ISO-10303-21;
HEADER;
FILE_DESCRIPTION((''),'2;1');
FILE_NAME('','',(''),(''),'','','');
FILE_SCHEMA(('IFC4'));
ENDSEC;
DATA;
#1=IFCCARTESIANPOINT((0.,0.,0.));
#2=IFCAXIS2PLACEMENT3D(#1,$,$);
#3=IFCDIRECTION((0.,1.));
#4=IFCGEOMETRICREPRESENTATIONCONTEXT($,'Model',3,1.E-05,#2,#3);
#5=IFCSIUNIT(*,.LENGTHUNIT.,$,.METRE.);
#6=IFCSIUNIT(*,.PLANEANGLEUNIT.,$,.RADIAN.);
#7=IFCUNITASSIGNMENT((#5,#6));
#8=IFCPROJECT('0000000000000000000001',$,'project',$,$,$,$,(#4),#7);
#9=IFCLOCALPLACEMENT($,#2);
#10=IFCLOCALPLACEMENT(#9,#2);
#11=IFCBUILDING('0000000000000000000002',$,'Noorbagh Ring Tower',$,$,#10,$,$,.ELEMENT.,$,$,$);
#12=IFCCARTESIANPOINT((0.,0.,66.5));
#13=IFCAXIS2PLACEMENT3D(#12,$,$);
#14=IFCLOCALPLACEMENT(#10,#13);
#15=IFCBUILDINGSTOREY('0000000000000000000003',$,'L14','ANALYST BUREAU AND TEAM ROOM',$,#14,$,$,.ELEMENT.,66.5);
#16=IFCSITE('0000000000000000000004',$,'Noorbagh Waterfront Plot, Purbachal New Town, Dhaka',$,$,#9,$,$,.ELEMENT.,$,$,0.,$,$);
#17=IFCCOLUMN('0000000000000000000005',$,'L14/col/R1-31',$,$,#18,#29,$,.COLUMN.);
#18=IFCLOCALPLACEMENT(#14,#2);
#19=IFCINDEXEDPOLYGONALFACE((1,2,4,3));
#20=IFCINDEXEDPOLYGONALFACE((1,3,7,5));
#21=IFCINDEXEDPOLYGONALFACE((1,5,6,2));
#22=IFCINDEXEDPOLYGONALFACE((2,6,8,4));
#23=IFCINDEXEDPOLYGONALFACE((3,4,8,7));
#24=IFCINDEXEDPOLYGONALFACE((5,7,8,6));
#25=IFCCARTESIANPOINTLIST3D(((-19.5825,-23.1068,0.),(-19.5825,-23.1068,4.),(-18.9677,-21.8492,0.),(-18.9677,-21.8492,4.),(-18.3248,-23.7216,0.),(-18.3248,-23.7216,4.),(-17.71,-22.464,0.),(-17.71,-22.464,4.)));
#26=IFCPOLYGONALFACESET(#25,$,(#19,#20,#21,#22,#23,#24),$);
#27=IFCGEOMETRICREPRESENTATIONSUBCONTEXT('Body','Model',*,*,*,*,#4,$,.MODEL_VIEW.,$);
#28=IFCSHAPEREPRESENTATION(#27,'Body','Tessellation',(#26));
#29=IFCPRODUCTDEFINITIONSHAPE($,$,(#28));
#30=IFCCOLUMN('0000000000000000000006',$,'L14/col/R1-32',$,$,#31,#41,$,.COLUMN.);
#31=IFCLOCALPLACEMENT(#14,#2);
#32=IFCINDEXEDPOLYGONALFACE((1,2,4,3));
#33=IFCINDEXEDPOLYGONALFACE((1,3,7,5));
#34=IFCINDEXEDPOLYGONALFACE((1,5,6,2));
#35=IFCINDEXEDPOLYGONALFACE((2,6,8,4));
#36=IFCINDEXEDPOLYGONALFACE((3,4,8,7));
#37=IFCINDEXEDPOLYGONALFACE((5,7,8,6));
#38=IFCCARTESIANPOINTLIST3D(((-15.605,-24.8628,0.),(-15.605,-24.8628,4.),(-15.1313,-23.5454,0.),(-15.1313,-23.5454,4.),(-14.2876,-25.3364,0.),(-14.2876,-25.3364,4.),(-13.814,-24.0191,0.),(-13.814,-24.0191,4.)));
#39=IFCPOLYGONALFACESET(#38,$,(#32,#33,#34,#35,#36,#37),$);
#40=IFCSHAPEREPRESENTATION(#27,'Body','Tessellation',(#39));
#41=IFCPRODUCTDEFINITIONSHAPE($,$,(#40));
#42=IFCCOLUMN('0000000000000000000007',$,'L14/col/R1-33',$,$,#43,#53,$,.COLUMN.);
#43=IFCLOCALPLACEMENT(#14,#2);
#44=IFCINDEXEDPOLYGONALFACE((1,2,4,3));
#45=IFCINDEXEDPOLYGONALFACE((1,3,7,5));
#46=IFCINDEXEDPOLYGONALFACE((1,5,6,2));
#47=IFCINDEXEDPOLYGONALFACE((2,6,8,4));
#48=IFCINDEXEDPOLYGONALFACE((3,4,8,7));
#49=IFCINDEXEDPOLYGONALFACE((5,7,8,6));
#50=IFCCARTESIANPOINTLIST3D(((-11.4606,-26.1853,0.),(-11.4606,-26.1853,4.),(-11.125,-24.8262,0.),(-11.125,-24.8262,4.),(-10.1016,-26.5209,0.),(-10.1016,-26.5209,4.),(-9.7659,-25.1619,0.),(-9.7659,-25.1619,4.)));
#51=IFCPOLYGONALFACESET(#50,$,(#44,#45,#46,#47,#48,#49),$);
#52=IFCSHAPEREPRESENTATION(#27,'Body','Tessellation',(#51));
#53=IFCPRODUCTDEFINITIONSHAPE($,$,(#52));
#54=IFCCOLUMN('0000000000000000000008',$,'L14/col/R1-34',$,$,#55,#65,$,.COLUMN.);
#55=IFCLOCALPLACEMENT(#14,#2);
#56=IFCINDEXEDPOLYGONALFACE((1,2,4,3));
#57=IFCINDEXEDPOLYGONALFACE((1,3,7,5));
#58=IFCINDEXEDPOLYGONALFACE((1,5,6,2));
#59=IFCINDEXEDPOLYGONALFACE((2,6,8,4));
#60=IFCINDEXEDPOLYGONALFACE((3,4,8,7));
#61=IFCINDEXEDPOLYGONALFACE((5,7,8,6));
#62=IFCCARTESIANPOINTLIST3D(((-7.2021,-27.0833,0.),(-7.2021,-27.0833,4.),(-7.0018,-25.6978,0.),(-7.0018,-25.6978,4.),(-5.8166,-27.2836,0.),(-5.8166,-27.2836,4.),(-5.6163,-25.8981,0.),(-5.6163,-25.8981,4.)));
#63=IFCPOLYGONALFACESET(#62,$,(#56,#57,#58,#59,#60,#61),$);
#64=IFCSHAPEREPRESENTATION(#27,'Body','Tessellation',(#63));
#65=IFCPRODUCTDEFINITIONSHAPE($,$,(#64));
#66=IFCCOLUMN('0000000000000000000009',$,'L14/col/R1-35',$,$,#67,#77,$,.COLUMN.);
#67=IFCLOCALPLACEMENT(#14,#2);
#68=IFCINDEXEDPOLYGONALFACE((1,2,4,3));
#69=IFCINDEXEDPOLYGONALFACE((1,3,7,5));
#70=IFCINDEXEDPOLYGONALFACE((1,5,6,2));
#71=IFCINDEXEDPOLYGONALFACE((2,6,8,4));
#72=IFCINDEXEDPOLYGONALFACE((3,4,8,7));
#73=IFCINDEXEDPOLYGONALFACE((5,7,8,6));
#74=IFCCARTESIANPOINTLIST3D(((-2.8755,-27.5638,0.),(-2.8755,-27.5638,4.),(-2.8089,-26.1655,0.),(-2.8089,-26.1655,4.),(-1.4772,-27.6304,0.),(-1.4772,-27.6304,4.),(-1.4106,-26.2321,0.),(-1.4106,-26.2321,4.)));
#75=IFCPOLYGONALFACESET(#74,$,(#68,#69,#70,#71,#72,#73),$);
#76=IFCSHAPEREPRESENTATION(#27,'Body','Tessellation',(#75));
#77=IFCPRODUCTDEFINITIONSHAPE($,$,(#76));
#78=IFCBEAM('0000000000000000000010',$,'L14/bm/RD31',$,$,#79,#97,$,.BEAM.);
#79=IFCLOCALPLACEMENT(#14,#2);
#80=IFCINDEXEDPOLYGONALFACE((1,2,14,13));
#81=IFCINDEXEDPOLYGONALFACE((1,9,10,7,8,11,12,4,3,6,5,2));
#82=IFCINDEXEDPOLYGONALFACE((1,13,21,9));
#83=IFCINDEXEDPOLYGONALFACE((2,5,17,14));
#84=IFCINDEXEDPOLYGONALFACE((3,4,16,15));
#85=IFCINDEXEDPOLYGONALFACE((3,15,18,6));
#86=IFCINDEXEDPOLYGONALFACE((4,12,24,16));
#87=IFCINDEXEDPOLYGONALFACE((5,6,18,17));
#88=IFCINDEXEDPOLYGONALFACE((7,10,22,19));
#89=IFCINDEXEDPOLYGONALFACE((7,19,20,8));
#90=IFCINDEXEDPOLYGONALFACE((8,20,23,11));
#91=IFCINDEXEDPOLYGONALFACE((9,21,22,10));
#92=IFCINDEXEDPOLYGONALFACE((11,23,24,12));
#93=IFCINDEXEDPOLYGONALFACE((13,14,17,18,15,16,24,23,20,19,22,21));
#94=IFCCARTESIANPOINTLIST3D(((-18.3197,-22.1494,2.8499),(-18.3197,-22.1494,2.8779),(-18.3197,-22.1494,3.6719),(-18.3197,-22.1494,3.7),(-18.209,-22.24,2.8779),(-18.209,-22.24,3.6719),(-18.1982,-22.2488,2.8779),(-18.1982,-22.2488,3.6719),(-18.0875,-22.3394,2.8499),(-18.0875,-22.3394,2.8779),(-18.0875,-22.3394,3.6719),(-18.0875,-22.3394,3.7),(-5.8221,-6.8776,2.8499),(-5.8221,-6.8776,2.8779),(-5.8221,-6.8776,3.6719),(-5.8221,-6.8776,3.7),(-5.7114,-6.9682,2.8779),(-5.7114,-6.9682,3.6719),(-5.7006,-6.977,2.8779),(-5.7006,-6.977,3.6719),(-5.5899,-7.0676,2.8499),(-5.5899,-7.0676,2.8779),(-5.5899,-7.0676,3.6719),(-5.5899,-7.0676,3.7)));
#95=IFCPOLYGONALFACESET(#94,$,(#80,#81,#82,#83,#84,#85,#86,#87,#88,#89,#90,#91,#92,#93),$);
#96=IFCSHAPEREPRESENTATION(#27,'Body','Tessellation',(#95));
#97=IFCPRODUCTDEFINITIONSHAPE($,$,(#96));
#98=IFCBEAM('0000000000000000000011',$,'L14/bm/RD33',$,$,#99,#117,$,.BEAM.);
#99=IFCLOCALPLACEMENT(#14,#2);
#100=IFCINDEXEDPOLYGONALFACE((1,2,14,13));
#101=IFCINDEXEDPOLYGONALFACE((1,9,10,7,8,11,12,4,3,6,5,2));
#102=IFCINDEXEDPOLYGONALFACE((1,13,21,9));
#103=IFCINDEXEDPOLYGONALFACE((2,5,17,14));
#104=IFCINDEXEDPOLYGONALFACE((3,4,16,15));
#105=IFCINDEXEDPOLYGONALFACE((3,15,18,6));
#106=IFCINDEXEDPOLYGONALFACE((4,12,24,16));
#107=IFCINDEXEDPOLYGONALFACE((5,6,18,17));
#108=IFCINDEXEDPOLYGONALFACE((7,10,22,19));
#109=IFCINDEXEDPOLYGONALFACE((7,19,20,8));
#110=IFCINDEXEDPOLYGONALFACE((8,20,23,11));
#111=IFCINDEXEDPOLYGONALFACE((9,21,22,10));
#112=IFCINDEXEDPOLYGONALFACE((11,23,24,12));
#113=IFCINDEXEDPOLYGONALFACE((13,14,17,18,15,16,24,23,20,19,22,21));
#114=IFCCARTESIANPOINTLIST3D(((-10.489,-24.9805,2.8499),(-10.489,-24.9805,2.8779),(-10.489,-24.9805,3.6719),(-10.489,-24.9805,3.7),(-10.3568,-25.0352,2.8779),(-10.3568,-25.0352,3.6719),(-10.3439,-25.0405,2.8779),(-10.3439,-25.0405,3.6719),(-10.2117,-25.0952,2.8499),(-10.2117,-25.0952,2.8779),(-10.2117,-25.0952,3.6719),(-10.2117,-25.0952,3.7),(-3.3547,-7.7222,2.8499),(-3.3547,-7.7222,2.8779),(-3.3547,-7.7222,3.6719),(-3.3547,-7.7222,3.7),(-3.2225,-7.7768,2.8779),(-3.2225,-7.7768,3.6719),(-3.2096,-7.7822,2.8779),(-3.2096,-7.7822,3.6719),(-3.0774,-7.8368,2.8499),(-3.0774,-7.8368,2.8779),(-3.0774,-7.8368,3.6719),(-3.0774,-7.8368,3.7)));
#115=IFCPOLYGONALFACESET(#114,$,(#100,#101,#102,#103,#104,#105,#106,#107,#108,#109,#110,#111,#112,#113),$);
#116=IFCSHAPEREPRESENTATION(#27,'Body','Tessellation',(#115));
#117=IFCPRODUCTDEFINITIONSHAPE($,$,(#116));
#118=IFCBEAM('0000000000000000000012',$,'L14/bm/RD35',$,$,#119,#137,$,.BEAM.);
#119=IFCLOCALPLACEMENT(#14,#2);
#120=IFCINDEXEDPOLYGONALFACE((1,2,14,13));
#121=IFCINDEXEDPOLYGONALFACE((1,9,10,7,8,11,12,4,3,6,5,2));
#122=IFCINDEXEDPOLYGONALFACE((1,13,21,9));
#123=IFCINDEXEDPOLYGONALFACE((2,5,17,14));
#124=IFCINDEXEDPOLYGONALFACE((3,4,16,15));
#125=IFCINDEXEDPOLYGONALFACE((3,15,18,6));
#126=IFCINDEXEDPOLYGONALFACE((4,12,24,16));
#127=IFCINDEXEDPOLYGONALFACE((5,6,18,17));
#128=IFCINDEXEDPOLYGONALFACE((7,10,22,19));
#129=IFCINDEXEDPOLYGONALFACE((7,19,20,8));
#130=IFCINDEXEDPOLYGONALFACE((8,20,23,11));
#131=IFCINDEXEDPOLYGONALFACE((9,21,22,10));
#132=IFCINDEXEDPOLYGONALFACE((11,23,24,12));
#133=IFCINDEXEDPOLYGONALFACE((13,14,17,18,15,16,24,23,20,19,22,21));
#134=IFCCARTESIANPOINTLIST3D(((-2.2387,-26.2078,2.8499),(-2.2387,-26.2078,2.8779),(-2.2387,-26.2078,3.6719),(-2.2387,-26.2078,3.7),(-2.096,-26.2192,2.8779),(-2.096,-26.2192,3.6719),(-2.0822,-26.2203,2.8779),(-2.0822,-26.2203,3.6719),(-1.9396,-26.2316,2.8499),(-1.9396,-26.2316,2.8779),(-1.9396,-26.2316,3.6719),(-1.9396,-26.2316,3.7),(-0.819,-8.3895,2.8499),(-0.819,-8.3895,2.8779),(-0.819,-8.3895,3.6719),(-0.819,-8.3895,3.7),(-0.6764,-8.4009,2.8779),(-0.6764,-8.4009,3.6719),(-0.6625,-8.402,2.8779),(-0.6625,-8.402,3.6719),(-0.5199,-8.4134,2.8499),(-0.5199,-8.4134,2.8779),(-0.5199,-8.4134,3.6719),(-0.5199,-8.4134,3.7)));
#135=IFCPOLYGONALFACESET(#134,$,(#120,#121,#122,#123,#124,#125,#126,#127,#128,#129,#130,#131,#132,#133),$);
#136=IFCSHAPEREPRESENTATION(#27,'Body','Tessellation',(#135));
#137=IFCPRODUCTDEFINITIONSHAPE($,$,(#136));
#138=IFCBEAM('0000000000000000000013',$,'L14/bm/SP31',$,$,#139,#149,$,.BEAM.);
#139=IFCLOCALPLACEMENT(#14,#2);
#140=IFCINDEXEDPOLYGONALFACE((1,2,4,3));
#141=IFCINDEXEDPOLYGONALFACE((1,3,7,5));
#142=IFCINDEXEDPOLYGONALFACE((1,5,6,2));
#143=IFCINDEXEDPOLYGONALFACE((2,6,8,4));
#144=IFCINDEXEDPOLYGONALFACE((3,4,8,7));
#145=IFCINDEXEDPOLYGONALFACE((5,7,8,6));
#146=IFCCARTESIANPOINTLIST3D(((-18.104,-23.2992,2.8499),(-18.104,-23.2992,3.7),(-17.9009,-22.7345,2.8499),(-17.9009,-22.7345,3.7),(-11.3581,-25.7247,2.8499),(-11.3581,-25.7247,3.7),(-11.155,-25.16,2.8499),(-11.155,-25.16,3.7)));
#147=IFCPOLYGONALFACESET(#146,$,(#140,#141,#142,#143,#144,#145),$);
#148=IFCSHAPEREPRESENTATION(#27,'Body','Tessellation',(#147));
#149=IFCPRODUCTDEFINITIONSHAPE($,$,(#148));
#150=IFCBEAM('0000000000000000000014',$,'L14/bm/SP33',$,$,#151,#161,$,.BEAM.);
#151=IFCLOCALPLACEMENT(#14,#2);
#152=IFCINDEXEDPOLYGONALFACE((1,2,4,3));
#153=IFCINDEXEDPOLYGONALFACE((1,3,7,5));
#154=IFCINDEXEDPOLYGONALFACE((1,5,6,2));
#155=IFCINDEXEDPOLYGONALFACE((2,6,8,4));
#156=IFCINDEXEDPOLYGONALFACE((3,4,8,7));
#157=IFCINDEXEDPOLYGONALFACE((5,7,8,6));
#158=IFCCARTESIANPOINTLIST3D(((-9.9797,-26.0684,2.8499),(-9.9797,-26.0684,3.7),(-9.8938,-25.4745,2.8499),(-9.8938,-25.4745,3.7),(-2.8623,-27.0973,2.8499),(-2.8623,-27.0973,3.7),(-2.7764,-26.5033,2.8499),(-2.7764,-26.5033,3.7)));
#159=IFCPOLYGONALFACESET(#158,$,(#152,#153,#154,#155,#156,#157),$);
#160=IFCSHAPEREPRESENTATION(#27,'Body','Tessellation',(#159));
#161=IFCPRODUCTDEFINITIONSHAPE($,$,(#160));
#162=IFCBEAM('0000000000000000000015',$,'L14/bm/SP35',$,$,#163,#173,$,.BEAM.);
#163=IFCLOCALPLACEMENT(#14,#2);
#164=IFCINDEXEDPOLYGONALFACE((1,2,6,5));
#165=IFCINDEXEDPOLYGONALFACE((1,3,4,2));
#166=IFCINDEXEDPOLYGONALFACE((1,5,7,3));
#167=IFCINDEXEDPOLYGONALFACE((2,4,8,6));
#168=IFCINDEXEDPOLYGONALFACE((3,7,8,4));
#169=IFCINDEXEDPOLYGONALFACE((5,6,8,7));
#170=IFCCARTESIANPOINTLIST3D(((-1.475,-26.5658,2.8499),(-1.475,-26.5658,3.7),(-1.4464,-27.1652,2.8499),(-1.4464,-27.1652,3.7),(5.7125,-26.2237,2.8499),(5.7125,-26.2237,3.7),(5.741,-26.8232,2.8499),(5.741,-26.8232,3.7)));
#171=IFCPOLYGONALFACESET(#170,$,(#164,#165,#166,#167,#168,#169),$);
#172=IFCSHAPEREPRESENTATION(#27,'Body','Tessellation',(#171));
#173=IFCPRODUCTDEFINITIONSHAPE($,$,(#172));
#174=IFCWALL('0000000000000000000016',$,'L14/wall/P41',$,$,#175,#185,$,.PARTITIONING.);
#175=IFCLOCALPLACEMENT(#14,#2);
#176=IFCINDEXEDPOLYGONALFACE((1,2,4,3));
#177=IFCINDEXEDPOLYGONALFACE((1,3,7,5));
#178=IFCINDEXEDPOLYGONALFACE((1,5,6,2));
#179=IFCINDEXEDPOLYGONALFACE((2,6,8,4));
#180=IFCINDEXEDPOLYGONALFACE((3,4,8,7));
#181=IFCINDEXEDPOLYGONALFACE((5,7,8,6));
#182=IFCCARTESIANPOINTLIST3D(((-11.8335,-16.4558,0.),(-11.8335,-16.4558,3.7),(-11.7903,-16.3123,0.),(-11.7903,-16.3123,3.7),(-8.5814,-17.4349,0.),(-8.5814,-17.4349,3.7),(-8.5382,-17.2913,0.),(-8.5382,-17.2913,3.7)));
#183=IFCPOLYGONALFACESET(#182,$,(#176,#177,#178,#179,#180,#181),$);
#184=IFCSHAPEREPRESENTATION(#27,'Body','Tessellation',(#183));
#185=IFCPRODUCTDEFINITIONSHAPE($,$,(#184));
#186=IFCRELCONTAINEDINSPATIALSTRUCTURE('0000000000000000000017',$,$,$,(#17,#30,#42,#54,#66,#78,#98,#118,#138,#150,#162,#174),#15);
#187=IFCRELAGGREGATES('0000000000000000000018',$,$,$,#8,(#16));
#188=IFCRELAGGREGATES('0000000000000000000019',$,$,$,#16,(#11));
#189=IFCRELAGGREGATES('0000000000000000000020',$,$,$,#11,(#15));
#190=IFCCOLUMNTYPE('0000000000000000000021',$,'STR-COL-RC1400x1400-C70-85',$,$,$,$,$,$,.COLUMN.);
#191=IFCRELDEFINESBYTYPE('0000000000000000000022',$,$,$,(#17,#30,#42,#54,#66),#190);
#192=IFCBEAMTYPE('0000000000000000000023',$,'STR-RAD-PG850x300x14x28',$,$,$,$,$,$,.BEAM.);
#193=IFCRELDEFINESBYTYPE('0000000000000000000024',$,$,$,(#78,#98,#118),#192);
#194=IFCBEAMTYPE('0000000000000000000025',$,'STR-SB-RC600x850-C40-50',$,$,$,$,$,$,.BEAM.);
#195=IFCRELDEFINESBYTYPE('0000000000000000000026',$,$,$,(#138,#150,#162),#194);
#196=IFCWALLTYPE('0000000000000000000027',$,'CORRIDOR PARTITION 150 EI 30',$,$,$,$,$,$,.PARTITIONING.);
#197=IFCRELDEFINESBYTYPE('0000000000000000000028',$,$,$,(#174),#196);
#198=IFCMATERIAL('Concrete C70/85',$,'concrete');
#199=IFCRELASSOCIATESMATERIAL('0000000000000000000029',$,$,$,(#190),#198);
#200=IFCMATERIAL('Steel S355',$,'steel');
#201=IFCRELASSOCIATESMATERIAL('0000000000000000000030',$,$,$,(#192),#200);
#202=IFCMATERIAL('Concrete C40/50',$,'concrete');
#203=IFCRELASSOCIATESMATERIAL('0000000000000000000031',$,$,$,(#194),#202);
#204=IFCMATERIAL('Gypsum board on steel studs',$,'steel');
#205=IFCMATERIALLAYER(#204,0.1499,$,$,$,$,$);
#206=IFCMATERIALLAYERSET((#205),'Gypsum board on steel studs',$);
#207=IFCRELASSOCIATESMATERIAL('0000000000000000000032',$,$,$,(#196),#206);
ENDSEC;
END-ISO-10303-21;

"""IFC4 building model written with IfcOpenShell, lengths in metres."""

from ifc_helpers import new_model, si_unit, direction, frame, frame_2d, origin, origin_2d, place, context, subcontext, project, spatial, rectangle, i_section, extrude, material, layer, layer_set, material_profile, profile_set, type_object, element, save


model = new_model("IFC4")

# Units and contexts
model_context = context("Model", 3, precision=1e-05, world=origin(), true_north=direction((0.0, 1.0)))
body_context = subcontext(model_context, "Body", "Model", "MODEL_VIEW")
ifc_project = project(units=[si_unit("LENGTHUNIT", "METRE"), si_unit("PLANEANGLEUNIT", "RADIAN")], contexts=[model_context])

# Site, building, storey
site_placement = place(None, origin())
site = spatial("IfcSite", under=ifc_project, at=site_placement, Name="Noorbagh Waterfront Plot, Purbachal New Town, Dhaka", CompositionType="ELEMENT", RefElevation=0.0)
building_placement = place(site_placement, origin())
building = spatial("IfcBuilding", under=site, at=building_placement, Name="Noorbagh Ring Tower", CompositionType="ELEMENT")
storey_placement = place(building_placement, frame((0.0, 0.0, 66.5)))
storey = spatial("IfcBuildingStorey", under=building, at=storey_placement, Name="L14", Description="ANALYST BUREAU AND TEAM ROOM", CompositionType="ELEMENT", Elevation=66.5)

# Columns
ifc_material_1 = material(Name="Concrete C70/85", Category="concrete")
ifc_material_profile_1 = material_profile(ifc_material_1, rectangle(XDim=1.3999, YDim=1.3999, at=origin_2d()), Name="RC1400x1400")
ifc_profile_set_1 = profile_set([ifc_material_profile_1], Name="Concrete C70/85")
column_type = type_object("IfcColumnType", Name="STR-COL-RC1400x1400-C70-85", PredefinedType="COLUMN", material=ifc_profile_set_1)
for number, where, z_axis, x_axis, name in (
    (1, (-18.6462, -22.7854, 0.0), (0.0, 0.0, 1.0), (0.898399, -0.43918, 0.0), "L14/col/R1-31"),
    (2, (-14.7095, -24.4409, 0.0), (0.0, 0.0, 1.0), (0.941025, -0.338338, 0.0), "L14/col/R1-32"),
    (3, (-10.6133, -25.6736, 0.0), (0.0, 0.0, 1.0), (0.970829, -0.239771, 0.0), "L14/col/R1-33"),
    (4, (-6.4092, -26.4907, 0.0), (0.0, 0.0, 1.0), (0.989713, -0.143066, 0.0), "L14/col/R1-34"),
    (5, (-2.1431, -26.8979, 0.0), (0.0, 0.0, 1.0), (0.998869, -0.047553, 0.0), "L14/col/R1-35"),
):
    element("IfcColumn", number, at=place(storey_placement, frame(where, z_axis=z_axis, x_axis=x_axis)), inside=storey, type_object=column_type, Name=name, PredefinedType="COLUMN", context=body_context, shape_type="SweptSolid", body=[
        extrude(rectangle(XDim=1.3999, YDim=1.3999, at=origin_2d()), origin(), (0.0, 0.0, 1.0), 4.0),
    ])

# Beams
ifc_material_2 = material(Name="Steel S355", Category="steel")
ifc_material_profile_2 = material_profile(ifc_material_2, i_section(OverallWidth=0.3, OverallDepth=0.8501, WebThickness=0.0139, FlangeThickness=0.0281, at=origin_2d()), Name="PG850x300x14x28")
ifc_profile_set_2 = profile_set([ifc_material_profile_2], Name="Steel S355")
beam_type_1 = type_object("IfcBeamType", Name="STR-RAD-PG850x300x14x28", PredefinedType="BEAM", material=ifc_profile_set_2)
beam_1_placement = place(storey_placement, frame((-18.2036, -22.2444, 3.2749), z_axis=(0.633314, 0.773895, 0.0), x_axis=(-0.773895, 0.633314, 0.0)))
element("IfcBeam", 6, at=beam_1_placement, inside=storey, type_object=beam_type_1, Name="L14/bm/RD31", PredefinedType="BEAM", context=body_context, shape_type="SweptSolid", body=[
    extrude(i_section(OverallWidth=0.3, OverallDepth=0.8501, WebThickness=0.0139, FlangeThickness=0.0281, at=origin_2d()), origin(), (0.0, 0.0, 1.0), 19.7336),
])
beam_2_placement = place(storey_placement, frame((-10.3503, -25.0378, 3.2749), z_axis=(0.382028, 0.924151, 0.0), x_axis=(-0.924151, 0.382028, 0.0)))
element("IfcBeam", 7, at=beam_2_placement, inside=storey, type_object=beam_type_1, Name="L14/bm/RD33", PredefinedType="BEAM", context=body_context, shape_type="SweptSolid", body=[
    extrude(i_section(OverallWidth=0.3, OverallDepth=0.8501, WebThickness=0.0139, FlangeThickness=0.0281, at=origin_2d()), origin(), (0.0, 0.0, 1.0), 18.6748),
])
beam_3_placement = place(storey_placement, frame((-2.0891, -26.2197, 3.2749), z_axis=(0.079423, 0.996841, 0.0), x_axis=(-0.996841, 0.079423, 0.0)))
element("IfcBeam", 8, at=beam_3_placement, inside=storey, type_object=beam_type_1, Name="L14/bm/RD35", PredefinedType="BEAM", context=body_context, shape_type="SweptSolid", body=[
    extrude(i_section(OverallWidth=0.3, OverallDepth=0.8501, WebThickness=0.0139, FlangeThickness=0.0281, at=origin_2d()), origin(), (0.0, 0.0, 1.0), 17.8748),
])
ifc_material_3 = material(Name="Concrete C40/50", Category="concrete")
ifc_material_profile_3 = material_profile(ifc_material_3, rectangle(XDim=0.6001, YDim=0.8501, at=origin_2d()), Name="RC600x850")
ifc_profile_set_3 = profile_set([ifc_material_profile_3], Name="Concrete C40/50")
beam_type_2 = type_object("IfcBeamType", Name="STR-SB-RC600x850-C40-50", PredefinedType="BEAM", material=ifc_profile_set_3)
beam_4_placement = place(storey_placement, frame((-18.0024, -23.0168, 3.2749), z_axis=(0.941019, -0.338353, 0.0), x_axis=(0.338353, 0.941019, 0.0)))
element("IfcBeam", 9, at=beam_4_placement, inside=storey, type_object=beam_type_2, Name="L14/bm/SP31", PredefinedType="BEAM", context=body_context, shape_type="SweptSolid", body=[
    extrude(rectangle(XDim=0.6001, YDim=0.8501, at=origin_2d()), origin(), (0.0, 0.0, 1.0), 7.1687),
])
beam_5_placement = place(storey_placement, frame((-9.9368, -25.7715, 3.2749), z_axis=(0.989714, -0.143061, 0.0), x_axis=(0.143061, 0.989714, 0.0)))
element("IfcBeam", 10, at=beam_5_placement, inside=storey, type_object=beam_type_2, Name="L14/bm/SP33", PredefinedType="BEAM", context=body_context, shape_type="SweptSolid", body=[
    extrude(rectangle(XDim=0.6001, YDim=0.8501, at=origin_2d()), origin(), (0.0, 0.0, 1.0), 7.1914),
])
beam_6_placement = place(storey_placement, frame((-1.4607, -26.8655, 3.2749), z_axis=(0.99887, 0.047535, 0.0), x_axis=(-0.047535, 0.99887, 0.0)))
element("IfcBeam", 11, at=beam_6_placement, inside=storey, type_object=beam_type_2, Name="L14/bm/SP35", PredefinedType="BEAM", context=body_context, shape_type="SweptSolid", body=[
    extrude(rectangle(XDim=0.6001, YDim=0.8501, at=origin_2d()), origin(), (0.0, 0.0, 1.0), 7.1956),
])

# Wall
ifc_material_4 = material(Name="Gypsum board on steel studs", Category="steel")
ifc_layer_1 = layer(ifc_material_4, 0.1499)
ifc_layer_set_1 = layer_set([ifc_layer_1], Name="Gypsum board on steel studs")
wall_type_1 = type_object("IfcWallType", Name="CORRIDOR PARTITION 150 EI 30", PredefinedType="PARTITIONING", material=ifc_layer_set_1)
wall_1_placement = place(storey_placement, frame((-11.812, -16.384, 0.0), z_axis=(0.0, 0.0, 1.0), x_axis=(0.957549, -0.288271, 0.0)))
element("IfcWall", 12, at=wall_1_placement, inside=storey, type_object=wall_type_1, Name="L14/wall/P41", PredefinedType="PARTITIONING", context=body_context, shape_type="SweptSolid", body=[
    extrude(rectangle(XDim=3.3962, YDim=0.1499, at=frame_2d((1.6982, 0.0))), origin(), (0.0, 0.0, 1.0), 3.7),
])

save(model, "model.ifc")
